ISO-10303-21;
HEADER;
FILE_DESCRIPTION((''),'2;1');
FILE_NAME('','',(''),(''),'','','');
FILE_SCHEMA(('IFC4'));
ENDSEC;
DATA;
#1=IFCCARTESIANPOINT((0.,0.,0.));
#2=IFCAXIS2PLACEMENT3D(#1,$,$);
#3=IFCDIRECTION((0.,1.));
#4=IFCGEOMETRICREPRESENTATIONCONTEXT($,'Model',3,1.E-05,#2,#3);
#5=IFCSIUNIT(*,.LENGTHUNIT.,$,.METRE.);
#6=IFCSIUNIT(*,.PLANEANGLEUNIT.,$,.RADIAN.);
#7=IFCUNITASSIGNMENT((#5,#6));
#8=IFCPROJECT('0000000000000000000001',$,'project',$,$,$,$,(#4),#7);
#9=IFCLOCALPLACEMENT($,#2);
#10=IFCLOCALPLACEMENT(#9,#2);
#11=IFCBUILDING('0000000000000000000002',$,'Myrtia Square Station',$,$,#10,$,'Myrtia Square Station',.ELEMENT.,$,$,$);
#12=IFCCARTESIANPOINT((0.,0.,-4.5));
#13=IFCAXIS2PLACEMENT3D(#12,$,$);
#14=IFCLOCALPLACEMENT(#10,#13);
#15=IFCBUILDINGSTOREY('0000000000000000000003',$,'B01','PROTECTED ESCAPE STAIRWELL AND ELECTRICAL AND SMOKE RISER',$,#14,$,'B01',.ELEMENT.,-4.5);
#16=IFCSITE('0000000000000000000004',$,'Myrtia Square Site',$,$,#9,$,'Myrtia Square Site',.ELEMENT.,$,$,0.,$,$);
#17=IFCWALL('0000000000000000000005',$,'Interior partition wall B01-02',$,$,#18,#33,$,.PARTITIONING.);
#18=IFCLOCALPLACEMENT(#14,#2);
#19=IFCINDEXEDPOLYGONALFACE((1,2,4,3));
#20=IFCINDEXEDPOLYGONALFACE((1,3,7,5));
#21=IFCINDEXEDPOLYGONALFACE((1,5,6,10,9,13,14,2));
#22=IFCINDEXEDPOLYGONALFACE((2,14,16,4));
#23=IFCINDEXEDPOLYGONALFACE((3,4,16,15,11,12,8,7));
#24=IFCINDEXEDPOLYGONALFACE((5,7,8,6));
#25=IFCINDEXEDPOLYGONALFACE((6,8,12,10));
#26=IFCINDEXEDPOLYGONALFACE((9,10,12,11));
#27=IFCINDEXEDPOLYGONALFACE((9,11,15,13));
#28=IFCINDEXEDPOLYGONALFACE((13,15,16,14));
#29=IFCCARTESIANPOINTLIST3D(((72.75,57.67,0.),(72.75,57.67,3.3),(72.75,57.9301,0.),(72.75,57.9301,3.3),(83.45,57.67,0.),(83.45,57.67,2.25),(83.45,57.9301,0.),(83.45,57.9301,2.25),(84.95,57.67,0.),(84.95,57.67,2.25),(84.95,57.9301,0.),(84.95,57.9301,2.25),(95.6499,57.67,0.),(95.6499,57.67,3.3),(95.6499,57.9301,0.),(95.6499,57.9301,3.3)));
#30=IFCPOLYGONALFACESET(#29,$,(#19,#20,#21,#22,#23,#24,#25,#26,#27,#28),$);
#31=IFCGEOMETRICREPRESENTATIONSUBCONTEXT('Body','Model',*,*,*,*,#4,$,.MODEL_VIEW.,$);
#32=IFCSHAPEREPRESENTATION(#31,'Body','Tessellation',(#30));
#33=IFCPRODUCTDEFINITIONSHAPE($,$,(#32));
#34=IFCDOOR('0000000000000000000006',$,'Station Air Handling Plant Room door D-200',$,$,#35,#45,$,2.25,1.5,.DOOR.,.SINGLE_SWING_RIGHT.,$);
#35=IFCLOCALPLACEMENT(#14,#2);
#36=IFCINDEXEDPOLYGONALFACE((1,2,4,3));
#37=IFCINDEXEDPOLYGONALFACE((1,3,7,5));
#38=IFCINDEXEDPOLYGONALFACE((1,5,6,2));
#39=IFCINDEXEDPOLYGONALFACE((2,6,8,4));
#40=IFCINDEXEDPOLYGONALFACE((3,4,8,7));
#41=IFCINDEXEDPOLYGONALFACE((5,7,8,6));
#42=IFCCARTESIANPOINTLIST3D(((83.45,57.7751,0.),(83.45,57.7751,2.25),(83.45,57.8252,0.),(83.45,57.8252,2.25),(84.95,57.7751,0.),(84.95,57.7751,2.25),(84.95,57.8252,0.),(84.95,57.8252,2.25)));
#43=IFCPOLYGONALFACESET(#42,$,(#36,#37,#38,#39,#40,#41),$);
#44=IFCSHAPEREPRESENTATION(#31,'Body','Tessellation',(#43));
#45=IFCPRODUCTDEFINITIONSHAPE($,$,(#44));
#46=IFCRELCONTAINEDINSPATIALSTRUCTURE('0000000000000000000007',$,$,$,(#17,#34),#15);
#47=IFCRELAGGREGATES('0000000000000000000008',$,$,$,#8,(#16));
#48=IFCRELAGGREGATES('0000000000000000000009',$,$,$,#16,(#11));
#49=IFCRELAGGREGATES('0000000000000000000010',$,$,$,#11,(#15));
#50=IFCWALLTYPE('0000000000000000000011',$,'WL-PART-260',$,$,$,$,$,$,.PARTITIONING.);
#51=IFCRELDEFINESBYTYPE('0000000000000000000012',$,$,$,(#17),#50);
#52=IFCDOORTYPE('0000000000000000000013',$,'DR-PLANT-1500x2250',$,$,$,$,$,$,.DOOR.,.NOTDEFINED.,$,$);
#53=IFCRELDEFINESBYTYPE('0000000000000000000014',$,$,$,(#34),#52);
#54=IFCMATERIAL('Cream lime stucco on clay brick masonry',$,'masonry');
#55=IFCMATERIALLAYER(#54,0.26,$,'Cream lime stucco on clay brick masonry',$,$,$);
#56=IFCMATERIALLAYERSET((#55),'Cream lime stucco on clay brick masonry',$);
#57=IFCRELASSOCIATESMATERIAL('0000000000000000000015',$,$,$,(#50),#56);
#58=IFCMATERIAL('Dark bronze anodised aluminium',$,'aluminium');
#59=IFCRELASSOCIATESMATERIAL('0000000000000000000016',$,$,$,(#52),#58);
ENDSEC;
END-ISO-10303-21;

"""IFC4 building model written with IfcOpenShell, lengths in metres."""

from ifc_helpers import new_model, si_unit, direction, frame, frame_2d, origin, place, context, subcontext, project, spatial, rectangle, extrude, material, layer, layer_set, type_object, element, fill, save


model = new_model("IFC4")

# Units and contexts
model_context = context("Model", 3, precision=1e-05, world=origin(), true_north=direction((0.0, 1.0)))
body_context = subcontext(model_context, "Body", "Model", "MODEL_VIEW")
ifc_project = project(units=[si_unit("LENGTHUNIT", "METRE"), si_unit("PLANEANGLEUNIT", "RADIAN")], contexts=[model_context])

# Site, building, storey
site_placement = place(None, origin())
site = spatial("IfcSite", under=ifc_project, at=site_placement, Name="Myrtia Square Site", LongName="Myrtia Square Site", CompositionType="ELEMENT", RefElevation=0.0)
building_placement = place(site_placement, origin())
building = spatial("IfcBuilding", under=site, at=building_placement, Name="Myrtia Square Station", LongName="Myrtia Square Station", CompositionType="ELEMENT")
storey_placement = place(building_placement, frame((0.0, 0.0, -4.5)))
storey = spatial("IfcBuildingStorey", under=building, at=storey_placement, Name="B01", Description="PROTECTED ESCAPE STAIRWELL AND ELECTRICAL AND SMOKE RISER", LongName="B01", CompositionType="ELEMENT", Elevation=-4.5)

# Wall, opening, door
ifc_material_1 = material(Name="Cream lime stucco on clay brick masonry", Category="masonry")
ifc_layer = layer(ifc_material_1, 0.26, Name="Cream lime stucco on clay brick masonry")
ifc_layer_set = layer_set([ifc_layer], Name="Cream lime stucco on clay brick masonry")
wall_type = type_object("IfcWallType", Name="WL-PART-260", PredefinedType="PARTITIONING", material=ifc_layer_set)
wall_placement = place(storey_placement, frame((72.75, 57.8, 0.0), z_axis=(0.0, 0.0, 1.0), x_axis=(1.0, 0.0, 0.0)))
wall = element("IfcWall", 1, at=wall_placement, inside=storey, type_object=wall_type, Name="Interior partition wall B01-02", PredefinedType="PARTITIONING", context=body_context, shape_type="SweptSolid", body=[
    extrude(rectangle(XDim=22.8999, YDim=0.26, at=frame_2d((11.45, 0.0))), origin(), (0.0, 0.0, 1.0), 3.3),
])
opening_placement = place(wall_placement, frame((10.7, 0.0, 0.0)))
opening = element("IfcOpeningElement", 2, at=opening_placement, cuts=wall, PredefinedType="OPENING", context=body_context, shape_type="SweptSolid", body=[
    extrude(rectangle(XDim=1.5, YDim=2.25, at=frame_2d((0.75, 1.125))), frame((0.0, 0.145, 0.0), z_axis=(0.0, -1.0, 0.0), x_axis=(1.0, 0.0, 0.0)), (0.0, 0.0, 1.0), 0.29),
])
ifc_material_2 = material(Name="Dark bronze anodised aluminium", Category="aluminium")
door_type = type_object("IfcDoorType", Name="DR-PLANT-1500x2250", OperationType="NOTDEFINED", PredefinedType="DOOR", material=ifc_material_2)
door_placement = place(opening_placement, frame((1.5, 0.0, 0.0), z_axis=(0.0, 0.0, 1.0), x_axis=(-1.0, 0.0, 0.0)))
door = element("IfcDoor", 3, at=door_placement, inside=storey, type_object=door_type, Name="Station Air Handling Plant Room door D-200", OperationType="SINGLE_SWING_RIGHT", OverallHeight=2.25, OverallWidth=1.5, PredefinedType="DOOR", context=body_context, shape_type="SweptSolid", body=[
    extrude(rectangle(XDim=1.5, YDim=2.25, at=frame_2d((0.75, 1.125))), frame((0.0, 0.0249, 0.0), z_axis=(0.0, -1.0, 0.0), x_axis=(1.0, 0.0, 0.0)), (0.0, 0.0, 1.0), 0.05),
])
fill(opening, door)

save(model, "model.ifc")
